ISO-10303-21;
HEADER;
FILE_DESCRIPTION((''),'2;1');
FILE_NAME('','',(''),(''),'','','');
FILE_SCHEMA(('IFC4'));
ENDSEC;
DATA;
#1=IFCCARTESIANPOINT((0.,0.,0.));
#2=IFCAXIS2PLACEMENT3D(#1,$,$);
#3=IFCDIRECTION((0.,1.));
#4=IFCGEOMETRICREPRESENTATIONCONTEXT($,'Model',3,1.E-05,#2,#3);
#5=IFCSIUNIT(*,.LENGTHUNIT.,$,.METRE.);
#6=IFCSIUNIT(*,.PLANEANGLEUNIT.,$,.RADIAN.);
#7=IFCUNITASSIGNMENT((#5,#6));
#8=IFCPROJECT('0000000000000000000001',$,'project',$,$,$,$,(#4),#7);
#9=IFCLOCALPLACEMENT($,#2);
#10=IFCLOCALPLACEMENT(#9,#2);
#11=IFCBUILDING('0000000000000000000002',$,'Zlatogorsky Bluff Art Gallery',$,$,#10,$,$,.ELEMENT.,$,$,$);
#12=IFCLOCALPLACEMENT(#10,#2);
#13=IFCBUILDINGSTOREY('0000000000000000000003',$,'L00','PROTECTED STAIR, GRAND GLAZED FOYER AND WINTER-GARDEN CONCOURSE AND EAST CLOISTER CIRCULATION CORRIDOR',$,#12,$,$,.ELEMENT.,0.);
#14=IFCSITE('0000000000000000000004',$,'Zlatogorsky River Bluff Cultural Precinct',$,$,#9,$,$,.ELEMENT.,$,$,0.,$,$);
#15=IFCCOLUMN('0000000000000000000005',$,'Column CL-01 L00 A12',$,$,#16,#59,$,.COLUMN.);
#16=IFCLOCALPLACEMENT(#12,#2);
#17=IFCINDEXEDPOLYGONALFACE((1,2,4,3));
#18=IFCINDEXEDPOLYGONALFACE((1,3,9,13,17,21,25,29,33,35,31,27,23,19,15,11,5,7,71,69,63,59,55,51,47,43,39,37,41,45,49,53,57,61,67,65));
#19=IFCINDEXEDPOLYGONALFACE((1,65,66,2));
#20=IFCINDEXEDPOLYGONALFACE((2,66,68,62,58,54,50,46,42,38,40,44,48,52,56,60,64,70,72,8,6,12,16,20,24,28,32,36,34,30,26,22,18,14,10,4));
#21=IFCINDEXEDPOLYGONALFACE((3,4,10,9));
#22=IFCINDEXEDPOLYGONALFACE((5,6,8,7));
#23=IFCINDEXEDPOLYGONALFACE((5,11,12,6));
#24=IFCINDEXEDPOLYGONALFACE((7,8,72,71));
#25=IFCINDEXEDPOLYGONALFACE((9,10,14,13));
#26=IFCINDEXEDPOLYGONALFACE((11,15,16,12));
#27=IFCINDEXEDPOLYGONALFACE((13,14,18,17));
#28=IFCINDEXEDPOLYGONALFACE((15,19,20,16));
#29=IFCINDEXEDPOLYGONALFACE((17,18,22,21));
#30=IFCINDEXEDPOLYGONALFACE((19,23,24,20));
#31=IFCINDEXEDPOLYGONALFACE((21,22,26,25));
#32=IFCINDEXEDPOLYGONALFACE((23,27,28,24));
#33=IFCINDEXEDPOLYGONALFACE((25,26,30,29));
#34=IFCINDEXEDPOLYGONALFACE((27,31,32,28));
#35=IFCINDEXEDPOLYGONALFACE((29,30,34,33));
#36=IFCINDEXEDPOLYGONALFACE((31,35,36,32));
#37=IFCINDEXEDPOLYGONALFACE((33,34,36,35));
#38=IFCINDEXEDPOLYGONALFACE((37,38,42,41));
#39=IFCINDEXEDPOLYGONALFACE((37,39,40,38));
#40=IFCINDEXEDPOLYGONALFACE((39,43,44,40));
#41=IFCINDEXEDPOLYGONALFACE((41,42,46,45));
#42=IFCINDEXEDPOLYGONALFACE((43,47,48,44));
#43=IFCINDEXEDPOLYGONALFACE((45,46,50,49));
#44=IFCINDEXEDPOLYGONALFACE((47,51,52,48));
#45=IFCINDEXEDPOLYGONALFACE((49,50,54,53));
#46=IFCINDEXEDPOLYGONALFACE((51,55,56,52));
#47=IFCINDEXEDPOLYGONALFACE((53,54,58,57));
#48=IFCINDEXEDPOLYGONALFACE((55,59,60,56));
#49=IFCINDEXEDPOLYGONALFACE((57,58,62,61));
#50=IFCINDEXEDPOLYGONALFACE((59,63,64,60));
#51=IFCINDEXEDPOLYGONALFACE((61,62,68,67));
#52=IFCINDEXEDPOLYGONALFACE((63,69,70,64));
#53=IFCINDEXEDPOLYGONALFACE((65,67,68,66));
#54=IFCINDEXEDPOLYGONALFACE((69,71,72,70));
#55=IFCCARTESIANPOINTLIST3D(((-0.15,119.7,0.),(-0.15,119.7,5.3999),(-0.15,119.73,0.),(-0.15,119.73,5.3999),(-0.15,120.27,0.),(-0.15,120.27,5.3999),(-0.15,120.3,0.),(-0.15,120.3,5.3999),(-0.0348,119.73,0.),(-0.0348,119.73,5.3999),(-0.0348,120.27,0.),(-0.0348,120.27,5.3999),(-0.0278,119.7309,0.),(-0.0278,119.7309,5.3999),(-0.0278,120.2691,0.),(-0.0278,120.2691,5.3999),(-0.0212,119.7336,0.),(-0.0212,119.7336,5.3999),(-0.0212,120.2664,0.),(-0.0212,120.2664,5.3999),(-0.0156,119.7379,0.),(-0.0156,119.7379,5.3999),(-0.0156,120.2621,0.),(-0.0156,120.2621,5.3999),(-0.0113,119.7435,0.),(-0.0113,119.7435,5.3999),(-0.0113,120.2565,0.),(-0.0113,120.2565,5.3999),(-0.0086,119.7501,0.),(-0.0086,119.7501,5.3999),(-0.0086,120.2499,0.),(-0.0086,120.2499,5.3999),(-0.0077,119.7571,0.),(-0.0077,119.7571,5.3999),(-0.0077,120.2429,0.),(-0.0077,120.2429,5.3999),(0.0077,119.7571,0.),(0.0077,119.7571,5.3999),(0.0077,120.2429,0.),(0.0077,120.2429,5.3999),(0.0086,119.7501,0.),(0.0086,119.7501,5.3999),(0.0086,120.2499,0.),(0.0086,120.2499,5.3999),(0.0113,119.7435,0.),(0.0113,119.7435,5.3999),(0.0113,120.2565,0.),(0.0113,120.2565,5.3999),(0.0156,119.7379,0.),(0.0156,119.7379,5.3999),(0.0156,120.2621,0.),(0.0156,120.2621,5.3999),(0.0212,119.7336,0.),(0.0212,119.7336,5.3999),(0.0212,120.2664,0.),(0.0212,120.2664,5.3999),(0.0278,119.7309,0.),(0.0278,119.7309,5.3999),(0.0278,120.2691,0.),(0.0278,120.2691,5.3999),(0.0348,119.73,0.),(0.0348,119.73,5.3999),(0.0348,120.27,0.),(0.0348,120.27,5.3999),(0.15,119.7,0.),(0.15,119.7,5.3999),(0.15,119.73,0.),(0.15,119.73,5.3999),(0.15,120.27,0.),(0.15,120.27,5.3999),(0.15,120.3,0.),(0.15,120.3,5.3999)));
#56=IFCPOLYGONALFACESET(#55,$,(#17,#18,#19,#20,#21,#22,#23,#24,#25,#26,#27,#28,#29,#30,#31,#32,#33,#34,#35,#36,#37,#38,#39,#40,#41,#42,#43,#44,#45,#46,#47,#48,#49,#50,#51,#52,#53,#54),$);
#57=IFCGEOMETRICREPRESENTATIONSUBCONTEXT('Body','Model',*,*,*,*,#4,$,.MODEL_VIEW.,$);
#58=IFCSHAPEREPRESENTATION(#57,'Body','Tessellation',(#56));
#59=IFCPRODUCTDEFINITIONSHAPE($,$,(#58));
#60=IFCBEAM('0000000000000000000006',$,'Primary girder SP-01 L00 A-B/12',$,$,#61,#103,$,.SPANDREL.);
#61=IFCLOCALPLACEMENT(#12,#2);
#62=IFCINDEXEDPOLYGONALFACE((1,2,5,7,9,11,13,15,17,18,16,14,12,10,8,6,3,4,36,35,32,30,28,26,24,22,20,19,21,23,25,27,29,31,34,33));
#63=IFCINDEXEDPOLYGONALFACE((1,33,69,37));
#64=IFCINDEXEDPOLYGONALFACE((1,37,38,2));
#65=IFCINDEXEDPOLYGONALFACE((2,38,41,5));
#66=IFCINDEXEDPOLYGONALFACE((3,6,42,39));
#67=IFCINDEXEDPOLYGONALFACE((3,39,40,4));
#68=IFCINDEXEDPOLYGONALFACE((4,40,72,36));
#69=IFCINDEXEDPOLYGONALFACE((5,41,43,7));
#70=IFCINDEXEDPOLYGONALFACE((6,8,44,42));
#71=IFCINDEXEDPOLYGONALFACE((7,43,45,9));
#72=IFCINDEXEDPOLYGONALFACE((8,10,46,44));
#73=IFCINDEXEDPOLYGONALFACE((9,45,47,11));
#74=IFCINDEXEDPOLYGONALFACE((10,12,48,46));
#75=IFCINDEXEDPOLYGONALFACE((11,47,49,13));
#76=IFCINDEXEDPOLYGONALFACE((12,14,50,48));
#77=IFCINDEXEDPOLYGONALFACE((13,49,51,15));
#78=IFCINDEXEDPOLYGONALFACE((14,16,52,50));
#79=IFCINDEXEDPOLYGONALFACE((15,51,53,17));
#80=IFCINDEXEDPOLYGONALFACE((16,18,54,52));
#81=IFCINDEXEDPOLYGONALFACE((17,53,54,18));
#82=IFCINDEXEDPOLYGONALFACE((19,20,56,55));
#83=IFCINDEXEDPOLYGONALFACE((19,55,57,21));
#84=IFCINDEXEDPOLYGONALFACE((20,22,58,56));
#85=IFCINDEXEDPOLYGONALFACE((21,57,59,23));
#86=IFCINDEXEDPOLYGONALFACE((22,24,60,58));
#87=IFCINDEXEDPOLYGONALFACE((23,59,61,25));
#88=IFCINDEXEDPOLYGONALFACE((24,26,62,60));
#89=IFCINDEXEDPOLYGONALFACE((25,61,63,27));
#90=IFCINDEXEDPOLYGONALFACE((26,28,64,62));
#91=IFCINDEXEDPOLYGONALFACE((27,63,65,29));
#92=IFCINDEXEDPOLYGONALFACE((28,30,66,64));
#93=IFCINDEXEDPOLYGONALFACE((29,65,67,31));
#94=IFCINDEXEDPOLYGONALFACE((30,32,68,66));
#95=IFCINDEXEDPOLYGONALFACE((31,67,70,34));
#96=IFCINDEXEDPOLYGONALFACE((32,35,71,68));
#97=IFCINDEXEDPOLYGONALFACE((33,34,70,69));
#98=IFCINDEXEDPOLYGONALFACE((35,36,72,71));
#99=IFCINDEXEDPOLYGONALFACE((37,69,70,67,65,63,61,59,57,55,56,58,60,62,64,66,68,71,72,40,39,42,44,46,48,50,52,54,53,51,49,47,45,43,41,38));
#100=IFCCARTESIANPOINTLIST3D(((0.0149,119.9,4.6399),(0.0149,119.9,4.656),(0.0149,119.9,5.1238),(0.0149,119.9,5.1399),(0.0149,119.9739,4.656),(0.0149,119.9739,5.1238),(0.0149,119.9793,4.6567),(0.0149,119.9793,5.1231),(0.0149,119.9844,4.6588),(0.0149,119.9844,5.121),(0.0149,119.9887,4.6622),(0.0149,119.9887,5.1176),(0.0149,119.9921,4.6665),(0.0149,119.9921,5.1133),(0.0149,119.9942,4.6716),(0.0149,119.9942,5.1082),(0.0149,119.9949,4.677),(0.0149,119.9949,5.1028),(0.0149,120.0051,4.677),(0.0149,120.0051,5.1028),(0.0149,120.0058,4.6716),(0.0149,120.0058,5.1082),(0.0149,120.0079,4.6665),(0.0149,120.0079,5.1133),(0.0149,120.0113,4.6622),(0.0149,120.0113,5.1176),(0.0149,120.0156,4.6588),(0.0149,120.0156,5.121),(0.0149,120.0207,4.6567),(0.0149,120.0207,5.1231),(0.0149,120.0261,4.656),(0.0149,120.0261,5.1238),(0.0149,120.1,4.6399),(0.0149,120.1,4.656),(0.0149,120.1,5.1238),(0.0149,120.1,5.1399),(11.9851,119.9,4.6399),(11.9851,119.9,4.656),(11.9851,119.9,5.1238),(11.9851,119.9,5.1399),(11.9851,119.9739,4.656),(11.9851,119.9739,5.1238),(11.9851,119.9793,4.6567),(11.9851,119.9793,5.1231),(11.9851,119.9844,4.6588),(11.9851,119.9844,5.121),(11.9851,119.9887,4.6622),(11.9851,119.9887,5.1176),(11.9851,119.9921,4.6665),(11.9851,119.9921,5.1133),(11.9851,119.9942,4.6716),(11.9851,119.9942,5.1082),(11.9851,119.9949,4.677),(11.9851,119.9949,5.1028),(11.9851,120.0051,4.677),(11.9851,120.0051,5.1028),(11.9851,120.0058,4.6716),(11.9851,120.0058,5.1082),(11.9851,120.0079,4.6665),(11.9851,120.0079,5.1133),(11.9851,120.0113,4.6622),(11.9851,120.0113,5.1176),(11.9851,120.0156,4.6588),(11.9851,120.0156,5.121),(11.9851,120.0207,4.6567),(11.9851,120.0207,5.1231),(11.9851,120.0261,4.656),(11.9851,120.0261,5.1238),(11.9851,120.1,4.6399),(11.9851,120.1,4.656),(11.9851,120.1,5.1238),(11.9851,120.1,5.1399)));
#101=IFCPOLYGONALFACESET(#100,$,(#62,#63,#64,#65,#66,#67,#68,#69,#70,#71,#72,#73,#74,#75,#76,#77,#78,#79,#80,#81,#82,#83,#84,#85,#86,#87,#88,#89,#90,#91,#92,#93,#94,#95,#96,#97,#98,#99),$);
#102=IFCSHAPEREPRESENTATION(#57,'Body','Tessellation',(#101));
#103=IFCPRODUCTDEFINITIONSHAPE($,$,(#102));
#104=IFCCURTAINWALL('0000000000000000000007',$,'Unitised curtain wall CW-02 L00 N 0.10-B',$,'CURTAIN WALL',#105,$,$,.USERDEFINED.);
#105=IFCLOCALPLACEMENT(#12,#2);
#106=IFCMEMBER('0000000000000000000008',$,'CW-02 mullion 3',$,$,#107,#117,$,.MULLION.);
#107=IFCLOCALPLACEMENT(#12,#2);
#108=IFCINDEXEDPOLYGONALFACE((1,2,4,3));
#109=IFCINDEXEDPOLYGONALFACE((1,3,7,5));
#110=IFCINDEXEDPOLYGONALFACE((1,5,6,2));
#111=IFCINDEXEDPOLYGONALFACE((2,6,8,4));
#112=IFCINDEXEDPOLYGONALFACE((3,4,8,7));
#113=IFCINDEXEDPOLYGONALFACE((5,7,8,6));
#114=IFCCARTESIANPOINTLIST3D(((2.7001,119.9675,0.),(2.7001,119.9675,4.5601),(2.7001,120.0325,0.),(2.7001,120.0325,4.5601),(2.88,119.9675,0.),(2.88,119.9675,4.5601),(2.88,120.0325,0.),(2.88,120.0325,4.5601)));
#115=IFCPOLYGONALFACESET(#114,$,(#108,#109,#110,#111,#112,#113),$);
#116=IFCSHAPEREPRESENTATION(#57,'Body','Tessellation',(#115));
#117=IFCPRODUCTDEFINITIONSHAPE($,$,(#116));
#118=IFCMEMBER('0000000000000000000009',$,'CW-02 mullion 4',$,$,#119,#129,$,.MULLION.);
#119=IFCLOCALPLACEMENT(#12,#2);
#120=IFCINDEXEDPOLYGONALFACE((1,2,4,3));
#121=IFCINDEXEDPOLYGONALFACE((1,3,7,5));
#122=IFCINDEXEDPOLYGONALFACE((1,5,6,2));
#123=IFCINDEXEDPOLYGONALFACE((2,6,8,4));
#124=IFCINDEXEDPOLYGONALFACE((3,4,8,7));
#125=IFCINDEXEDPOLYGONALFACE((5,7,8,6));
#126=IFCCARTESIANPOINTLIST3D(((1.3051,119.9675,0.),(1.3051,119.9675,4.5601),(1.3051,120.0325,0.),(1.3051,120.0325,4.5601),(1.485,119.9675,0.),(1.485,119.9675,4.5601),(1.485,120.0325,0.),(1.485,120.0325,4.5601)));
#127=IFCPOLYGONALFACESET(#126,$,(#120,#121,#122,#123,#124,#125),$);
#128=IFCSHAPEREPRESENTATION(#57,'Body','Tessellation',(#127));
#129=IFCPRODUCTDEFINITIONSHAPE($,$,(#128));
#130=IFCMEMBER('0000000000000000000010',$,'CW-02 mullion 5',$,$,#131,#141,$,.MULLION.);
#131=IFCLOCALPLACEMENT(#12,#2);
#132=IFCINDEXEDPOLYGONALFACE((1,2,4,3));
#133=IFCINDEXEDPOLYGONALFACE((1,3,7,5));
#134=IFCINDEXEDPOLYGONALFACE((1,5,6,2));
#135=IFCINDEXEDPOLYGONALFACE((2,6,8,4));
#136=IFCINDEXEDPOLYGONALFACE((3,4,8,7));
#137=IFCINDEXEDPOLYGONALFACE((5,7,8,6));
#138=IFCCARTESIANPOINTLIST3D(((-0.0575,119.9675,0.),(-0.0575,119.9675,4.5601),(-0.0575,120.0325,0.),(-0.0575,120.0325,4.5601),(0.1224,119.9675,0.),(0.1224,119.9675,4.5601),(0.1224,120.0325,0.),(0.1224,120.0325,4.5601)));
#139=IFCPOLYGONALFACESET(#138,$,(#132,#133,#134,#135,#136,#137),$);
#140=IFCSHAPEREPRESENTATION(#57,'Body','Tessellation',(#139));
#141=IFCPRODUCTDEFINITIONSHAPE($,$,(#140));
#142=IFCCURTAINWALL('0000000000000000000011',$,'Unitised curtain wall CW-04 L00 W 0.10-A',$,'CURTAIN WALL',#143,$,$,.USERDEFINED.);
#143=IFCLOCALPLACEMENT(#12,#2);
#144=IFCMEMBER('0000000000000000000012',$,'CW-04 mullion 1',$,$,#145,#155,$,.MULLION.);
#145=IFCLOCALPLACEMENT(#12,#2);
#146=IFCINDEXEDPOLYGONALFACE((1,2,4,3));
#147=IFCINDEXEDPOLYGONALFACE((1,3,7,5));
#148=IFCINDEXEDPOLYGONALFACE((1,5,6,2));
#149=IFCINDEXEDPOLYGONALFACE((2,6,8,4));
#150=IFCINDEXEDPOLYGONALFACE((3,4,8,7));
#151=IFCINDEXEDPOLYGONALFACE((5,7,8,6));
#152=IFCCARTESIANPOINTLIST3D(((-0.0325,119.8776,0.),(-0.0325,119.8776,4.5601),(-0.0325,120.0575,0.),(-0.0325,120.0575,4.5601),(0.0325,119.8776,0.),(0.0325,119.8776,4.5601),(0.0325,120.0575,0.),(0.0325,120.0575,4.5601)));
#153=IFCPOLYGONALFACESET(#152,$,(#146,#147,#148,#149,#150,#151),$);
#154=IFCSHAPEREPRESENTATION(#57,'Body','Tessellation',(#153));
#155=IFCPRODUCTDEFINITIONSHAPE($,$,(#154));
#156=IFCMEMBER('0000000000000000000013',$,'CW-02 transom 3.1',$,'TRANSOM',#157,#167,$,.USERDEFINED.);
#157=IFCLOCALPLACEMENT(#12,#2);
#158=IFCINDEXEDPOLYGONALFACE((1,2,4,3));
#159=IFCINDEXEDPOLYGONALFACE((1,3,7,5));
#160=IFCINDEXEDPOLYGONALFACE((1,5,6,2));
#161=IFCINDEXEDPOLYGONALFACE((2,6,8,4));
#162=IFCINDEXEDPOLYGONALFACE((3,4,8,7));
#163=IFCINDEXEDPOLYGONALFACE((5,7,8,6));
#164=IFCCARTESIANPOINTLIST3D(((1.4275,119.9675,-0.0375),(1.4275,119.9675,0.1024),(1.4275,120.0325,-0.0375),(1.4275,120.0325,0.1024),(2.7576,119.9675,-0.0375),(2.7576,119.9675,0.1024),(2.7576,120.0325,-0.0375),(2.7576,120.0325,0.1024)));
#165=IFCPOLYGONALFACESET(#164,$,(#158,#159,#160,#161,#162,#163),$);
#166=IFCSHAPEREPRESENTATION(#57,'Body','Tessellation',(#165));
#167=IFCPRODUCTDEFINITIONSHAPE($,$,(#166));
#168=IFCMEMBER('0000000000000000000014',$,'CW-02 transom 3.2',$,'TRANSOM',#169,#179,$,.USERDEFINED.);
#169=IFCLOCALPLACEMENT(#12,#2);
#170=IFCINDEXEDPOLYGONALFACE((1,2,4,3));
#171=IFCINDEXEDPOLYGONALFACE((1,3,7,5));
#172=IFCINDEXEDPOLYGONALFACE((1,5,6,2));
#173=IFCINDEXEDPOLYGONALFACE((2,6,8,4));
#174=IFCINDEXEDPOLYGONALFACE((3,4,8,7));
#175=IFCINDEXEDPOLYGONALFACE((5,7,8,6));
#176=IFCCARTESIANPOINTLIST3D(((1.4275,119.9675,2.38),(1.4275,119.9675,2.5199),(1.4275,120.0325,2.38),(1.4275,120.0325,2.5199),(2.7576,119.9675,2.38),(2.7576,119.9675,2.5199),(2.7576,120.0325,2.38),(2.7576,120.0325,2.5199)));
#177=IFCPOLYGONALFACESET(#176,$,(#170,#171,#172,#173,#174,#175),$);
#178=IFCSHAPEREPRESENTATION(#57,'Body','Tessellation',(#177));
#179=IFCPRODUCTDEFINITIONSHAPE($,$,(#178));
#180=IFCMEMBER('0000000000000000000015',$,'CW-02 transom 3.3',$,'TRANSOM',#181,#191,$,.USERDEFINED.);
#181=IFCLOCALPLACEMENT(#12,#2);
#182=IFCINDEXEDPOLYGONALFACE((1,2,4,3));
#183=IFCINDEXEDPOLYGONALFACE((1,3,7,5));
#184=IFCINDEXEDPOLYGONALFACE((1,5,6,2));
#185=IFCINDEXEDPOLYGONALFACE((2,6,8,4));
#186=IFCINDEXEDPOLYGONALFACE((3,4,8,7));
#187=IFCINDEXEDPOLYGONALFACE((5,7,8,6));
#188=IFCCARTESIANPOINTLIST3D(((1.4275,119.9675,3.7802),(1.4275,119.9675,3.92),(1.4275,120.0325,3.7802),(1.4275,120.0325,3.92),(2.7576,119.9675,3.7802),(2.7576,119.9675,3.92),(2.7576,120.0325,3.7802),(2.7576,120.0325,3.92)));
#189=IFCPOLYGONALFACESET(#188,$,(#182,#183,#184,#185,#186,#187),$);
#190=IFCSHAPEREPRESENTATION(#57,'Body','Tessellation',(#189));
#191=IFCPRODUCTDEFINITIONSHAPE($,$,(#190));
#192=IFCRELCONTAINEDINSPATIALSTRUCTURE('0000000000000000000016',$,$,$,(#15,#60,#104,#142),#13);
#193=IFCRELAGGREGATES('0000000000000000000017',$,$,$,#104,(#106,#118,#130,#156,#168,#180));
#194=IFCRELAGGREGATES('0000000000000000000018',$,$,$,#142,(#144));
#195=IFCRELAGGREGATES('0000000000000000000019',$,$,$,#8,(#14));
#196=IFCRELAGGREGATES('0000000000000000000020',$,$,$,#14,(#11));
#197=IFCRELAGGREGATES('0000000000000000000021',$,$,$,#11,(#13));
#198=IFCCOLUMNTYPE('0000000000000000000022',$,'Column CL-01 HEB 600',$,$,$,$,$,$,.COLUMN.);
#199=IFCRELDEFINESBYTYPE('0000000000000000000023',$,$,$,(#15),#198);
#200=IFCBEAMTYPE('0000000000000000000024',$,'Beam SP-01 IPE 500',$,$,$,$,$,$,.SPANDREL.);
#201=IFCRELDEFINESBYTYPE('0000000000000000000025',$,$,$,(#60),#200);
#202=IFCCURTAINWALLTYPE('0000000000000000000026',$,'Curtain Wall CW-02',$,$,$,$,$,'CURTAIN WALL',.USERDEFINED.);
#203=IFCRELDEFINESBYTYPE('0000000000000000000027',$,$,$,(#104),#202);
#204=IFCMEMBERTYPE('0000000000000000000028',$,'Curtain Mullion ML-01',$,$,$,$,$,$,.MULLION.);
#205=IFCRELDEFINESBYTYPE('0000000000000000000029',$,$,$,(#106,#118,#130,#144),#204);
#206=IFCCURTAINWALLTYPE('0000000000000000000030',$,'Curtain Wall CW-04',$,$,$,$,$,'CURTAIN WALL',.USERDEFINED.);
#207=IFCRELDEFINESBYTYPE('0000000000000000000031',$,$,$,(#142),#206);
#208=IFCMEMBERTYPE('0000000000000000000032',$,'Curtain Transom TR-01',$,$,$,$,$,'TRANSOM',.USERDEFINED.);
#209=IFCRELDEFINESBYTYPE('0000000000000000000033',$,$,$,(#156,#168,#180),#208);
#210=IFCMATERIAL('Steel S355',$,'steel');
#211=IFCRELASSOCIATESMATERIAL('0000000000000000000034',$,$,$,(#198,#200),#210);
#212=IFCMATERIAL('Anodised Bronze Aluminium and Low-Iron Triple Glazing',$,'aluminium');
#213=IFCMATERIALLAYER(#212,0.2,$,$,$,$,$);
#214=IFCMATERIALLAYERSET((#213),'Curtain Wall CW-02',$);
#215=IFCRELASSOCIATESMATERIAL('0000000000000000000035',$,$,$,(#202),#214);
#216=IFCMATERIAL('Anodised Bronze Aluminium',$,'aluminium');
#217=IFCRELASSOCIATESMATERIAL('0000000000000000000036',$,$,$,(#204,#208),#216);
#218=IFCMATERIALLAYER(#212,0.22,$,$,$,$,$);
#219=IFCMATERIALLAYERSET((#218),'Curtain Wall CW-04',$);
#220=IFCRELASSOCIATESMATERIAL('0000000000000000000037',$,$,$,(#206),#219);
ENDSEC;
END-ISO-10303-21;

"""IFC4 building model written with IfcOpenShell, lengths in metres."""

from ifc_helpers import new_model, si_unit, direction, frame, origin, origin_2d, place, context, subcontext, project, spatial, rectangle, i_section, extrude, material, layer, layer_set, material_profile, profile_set, type_object, element, aggregate, save


model = new_model("IFC4")

# Units and contexts
model_context = context("Model", 3, precision=1e-05, world=origin(), true_north=direction((0.0, 1.0)))
body_context = subcontext(model_context, "Body", "Model", "MODEL_VIEW")
ifc_project = project(units=[si_unit("LENGTHUNIT", "METRE"), si_unit("PLANEANGLEUNIT", "RADIAN")], contexts=[model_context])

# Site, building, storey
site_placement = place(None, origin())
site = spatial("IfcSite", under=ifc_project, at=site_placement, Name="Zlatogorsky River Bluff Cultural Precinct", CompositionType="ELEMENT", RefElevation=0.0)
building_placement = place(site_placement, origin())
building = spatial("IfcBuilding", under=site, at=building_placement, Name="Zlatogorsky Bluff Art Gallery", CompositionType="ELEMENT")
storey_placement = place(building_placement, origin())
storey = spatial("IfcBuildingStorey", under=building, at=storey_placement, Name="L00", Description="PROTECTED STAIR, GRAND GLAZED FOYER AND WINTER-GARDEN CONCOURSE AND EAST CLOISTER CIRCULATION CORRIDOR", CompositionType="ELEMENT", Elevation=0.0)

# Column
ifc_material_1 = material(Name="Steel S355", Category="steel")
ifc_material_profile_1 = material_profile(ifc_material_1, i_section(OverallWidth=0.3, OverallDepth=0.6001, WebThickness=0.0154, FlangeThickness=0.03, FilletRadius=0.0271, at=origin_2d()), Name="HEB 600")
ifc_profile_set_1 = profile_set([ifc_material_profile_1], Name="Steel S355")
column_type = type_object("IfcColumnType", Name="Column CL-01 HEB 600", PredefinedType="COLUMN", material=ifc_profile_set_1)
column_placement = place(storey_placement, frame((0.0, 120.0, 0.0), z_axis=(0.0, 0.0, 1.0), x_axis=(1.0, 0.0, 0.0)))
element("IfcColumn", 1, at=column_placement, inside=storey, type_object=column_type, Name="Column CL-01 L00 A12", PredefinedType="COLUMN", context=body_context, shape_type="SweptSolid", body=[
    extrude(i_section(OverallWidth=0.3, OverallDepth=0.6001, WebThickness=0.0154, FlangeThickness=0.03, FilletRadius=0.0271, at=origin_2d()), origin(), (0.0, 0.0, 1.0), 5.3999),
])

# Beam
ifc_material_profile_2 = material_profile(ifc_material_1, i_section(OverallWidth=0.2, OverallDepth=0.5, WebThickness=0.0103, FlangeThickness=0.0161, FilletRadius=0.021, at=origin_2d()), Name="IPE 500")
ifc_profile_set_2 = profile_set([ifc_material_profile_2], Name="Steel S355")
beam_type = type_object("IfcBeamType", Name="Beam SP-01 IPE 500", PredefinedType="SPANDREL", material=ifc_profile_set_2)
beam_placement = place(storey_placement, frame((0.0149, 120.0, 4.8899), z_axis=(1.0, 0.0, 0.0), x_axis=(0.0, 1.0, 0.0)))
element("IfcBeam", 2, at=beam_placement, inside=storey, type_object=beam_type, Name="Primary girder SP-01 L00 A-B/12", PredefinedType="SPANDREL", context=body_context, shape_type="SweptSolid", body=[
    extrude(i_section(OverallWidth=0.2, OverallDepth=0.5, WebThickness=0.0103, FlangeThickness=0.0161, FilletRadius=0.021, at=origin_2d()), origin(), (0.0, 0.0, 1.0), 11.9702),
])

# Curtain wall, members
ifc_material_2 = material(Name="Anodised Bronze Aluminium and Low-Iron Triple Glazing", Category="aluminium")
ifc_layer_1 = layer(ifc_material_2, 0.2)
ifc_layer_set_1 = layer_set([ifc_layer_1], Name="Curtain Wall CW-02")
curtain_wall_type_1 = type_object("IfcCurtainWallType", Name="Curtain Wall CW-02", ElementType="CURTAIN WALL", PredefinedType="USERDEFINED", material=ifc_layer_set_1)
curtain_wall_1_placement = place(storey_placement, origin())
curtain_wall_1 = element("IfcCurtainWall", 3, at=curtain_wall_1_placement, inside=storey, type_object=curtain_wall_type_1, Name="Unitised curtain wall CW-02 L00 N 0.10-B", ObjectType="CURTAIN WALL", PredefinedType="USERDEFINED")
ifc_material_3 = material(Name="Anodised Bronze Aluminium", Category="aluminium")
ifc_material_profile_3 = material_profile(ifc_material_3, rectangle(XDim=0.0649, YDim=0.1799, at=origin_2d()), Name="ALU MULLION 65x180")
ifc_profile_set_3 = profile_set([ifc_material_profile_3], Name="Anodised Bronze Aluminium")
member_type_1 = type_object("IfcMemberType", Name="Curtain Mullion ML-01", PredefinedType="MULLION", material=ifc_profile_set_3)
member_1_placement = place(storey_placement, frame((2.79, 120.0, 0.0), z_axis=(0.0, 0.0, 1.0), x_axis=(0.0, -1.0, 0.0)))
member_1 = element("IfcMember", 4, at=member_1_placement, type_object=member_type_1, Name="CW-02 mullion 3", PredefinedType="MULLION", context=body_context, shape_type="SweptSolid", body=[
    extrude(rectangle(XDim=0.0649, YDim=0.1799, at=origin_2d()), origin(), (0.0, 0.0, 1.0), 4.5601),
])
member_2_placement = place(storey_placement, frame((1.395, 120.0, 0.0), z_axis=(0.0, 0.0, 1.0), x_axis=(0.0, -1.0, 0.0)))
member_2 = element("IfcMember", 5, at=member_2_placement, type_object=member_type_1, Name="CW-02 mullion 4", PredefinedType="MULLION", context=body_context, shape_type="SweptSolid", body=[
    extrude(rectangle(XDim=0.0649, YDim=0.1799, at=origin_2d()), origin(), (0.0, 0.0, 1.0), 4.5601),
])
member_3_placement = place(storey_placement, frame((0.0325, 120.0, 0.0), z_axis=(0.0, 0.0, 1.0), x_axis=(0.0, -1.0, 0.0)))
member_3 = element("IfcMember", 6, at=member_3_placement, type_object=member_type_1, Name="CW-02 mullion 5", PredefinedType="MULLION", context=body_context, shape_type="SweptSolid", body=[
    extrude(rectangle(XDim=0.0649, YDim=0.1799, at=origin_2d()), origin(), (0.0, 0.0, 1.0), 4.5601),
])

# Curtain wall, member
ifc_layer_2 = layer(ifc_material_2, 0.22)
ifc_layer_set_2 = layer_set([ifc_layer_2], Name="Curtain Wall CW-04")
curtain_wall_type_2 = type_object("IfcCurtainWallType", Name="Curtain Wall CW-04", ElementType="CURTAIN WALL", PredefinedType="USERDEFINED", material=ifc_layer_set_2)
curtain_wall_2_placement = place(storey_placement, origin())
curtain_wall_2 = element("IfcCurtainWall", 7, at=curtain_wall_2_placement, inside=storey, type_object=curtain_wall_type_2, Name="Unitised curtain wall CW-04 L00 W 0.10-A", ObjectType="CURTAIN WALL", PredefinedType="USERDEFINED")
member_4_placement = place(storey_placement, frame((0.0, 119.9675, 0.0), z_axis=(0.0, 0.0, 1.0), x_axis=(1.0, 0.0, 0.0)))
member_4 = element("IfcMember", 8, at=member_4_placement, type_object=member_type_1, Name="CW-04 mullion 1", PredefinedType="MULLION", context=body_context, shape_type="SweptSolid", body=[
    extrude(rectangle(XDim=0.0649, YDim=0.1799, at=origin_2d()), origin(), (0.0, 0.0, 1.0), 4.5601),
])

# Members
ifc_material_profile_4 = material_profile(ifc_material_3, rectangle(XDim=0.0649, YDim=0.1399, at=origin_2d()), Name="ALU TRANSOM 65x140")
ifc_profile_set_4 = profile_set([ifc_material_profile_4], Name="Anodised Bronze Aluminium")
member_type_2 = type_object("IfcMemberType", Name="Curtain Transom TR-01", ElementType="TRANSOM", PredefinedType="USERDEFINED", material=ifc_profile_set_4)
member_5_placement = place(storey_placement, frame((2.7576, 120.0, 0.0325), z_axis=(-1.0, 0.0, 0.0), x_axis=(0.0, -1.0, 0.0)))
member_5 = element("IfcMember", 9, at=member_5_placement, type_object=member_type_2, Name="CW-02 transom 3.1", ObjectType="TRANSOM", PredefinedType="USERDEFINED", context=body_context, shape_type="SweptSolid", body=[
    extrude(rectangle(XDim=0.0649, YDim=0.1399, at=origin_2d()), origin(), (0.0, 0.0, 1.0), 1.3301),
])
member_6_placement = place(storey_placement, frame((2.7576, 120.0, 2.45), z_axis=(-1.0, 0.0, 0.0), x_axis=(0.0, -1.0, 0.0)))
member_6 = element("IfcMember", 10, at=member_6_placement, type_object=member_type_2, Name="CW-02 transom 3.2", ObjectType="TRANSOM", PredefinedType="USERDEFINED", context=body_context, shape_type="SweptSolid", body=[
    extrude(rectangle(XDim=0.0649, YDim=0.1399, at=origin_2d()), origin(), (0.0, 0.0, 1.0), 1.3301),
])
member_7_placement = place(storey_placement, frame((2.7576, 120.0, 3.8501), z_axis=(-1.0, 0.0, 0.0), x_axis=(0.0, -1.0, 0.0)))
member_7 = element("IfcMember", 11, at=member_7_placement, type_object=member_type_2, Name="CW-02 transom 3.3", ObjectType="TRANSOM", PredefinedType="USERDEFINED", context=body_context, shape_type="SweptSolid", body=[
    extrude(rectangle(XDim=0.0649, YDim=0.1399, at=origin_2d()), origin(), (0.0, 0.0, 1.0), 1.3301),
])

aggregate(curtain_wall_1, [member_1, member_2, member_3, member_5, member_6, member_7])
aggregate(curtain_wall_2, [member_4])

save(model, "model.ifc")
